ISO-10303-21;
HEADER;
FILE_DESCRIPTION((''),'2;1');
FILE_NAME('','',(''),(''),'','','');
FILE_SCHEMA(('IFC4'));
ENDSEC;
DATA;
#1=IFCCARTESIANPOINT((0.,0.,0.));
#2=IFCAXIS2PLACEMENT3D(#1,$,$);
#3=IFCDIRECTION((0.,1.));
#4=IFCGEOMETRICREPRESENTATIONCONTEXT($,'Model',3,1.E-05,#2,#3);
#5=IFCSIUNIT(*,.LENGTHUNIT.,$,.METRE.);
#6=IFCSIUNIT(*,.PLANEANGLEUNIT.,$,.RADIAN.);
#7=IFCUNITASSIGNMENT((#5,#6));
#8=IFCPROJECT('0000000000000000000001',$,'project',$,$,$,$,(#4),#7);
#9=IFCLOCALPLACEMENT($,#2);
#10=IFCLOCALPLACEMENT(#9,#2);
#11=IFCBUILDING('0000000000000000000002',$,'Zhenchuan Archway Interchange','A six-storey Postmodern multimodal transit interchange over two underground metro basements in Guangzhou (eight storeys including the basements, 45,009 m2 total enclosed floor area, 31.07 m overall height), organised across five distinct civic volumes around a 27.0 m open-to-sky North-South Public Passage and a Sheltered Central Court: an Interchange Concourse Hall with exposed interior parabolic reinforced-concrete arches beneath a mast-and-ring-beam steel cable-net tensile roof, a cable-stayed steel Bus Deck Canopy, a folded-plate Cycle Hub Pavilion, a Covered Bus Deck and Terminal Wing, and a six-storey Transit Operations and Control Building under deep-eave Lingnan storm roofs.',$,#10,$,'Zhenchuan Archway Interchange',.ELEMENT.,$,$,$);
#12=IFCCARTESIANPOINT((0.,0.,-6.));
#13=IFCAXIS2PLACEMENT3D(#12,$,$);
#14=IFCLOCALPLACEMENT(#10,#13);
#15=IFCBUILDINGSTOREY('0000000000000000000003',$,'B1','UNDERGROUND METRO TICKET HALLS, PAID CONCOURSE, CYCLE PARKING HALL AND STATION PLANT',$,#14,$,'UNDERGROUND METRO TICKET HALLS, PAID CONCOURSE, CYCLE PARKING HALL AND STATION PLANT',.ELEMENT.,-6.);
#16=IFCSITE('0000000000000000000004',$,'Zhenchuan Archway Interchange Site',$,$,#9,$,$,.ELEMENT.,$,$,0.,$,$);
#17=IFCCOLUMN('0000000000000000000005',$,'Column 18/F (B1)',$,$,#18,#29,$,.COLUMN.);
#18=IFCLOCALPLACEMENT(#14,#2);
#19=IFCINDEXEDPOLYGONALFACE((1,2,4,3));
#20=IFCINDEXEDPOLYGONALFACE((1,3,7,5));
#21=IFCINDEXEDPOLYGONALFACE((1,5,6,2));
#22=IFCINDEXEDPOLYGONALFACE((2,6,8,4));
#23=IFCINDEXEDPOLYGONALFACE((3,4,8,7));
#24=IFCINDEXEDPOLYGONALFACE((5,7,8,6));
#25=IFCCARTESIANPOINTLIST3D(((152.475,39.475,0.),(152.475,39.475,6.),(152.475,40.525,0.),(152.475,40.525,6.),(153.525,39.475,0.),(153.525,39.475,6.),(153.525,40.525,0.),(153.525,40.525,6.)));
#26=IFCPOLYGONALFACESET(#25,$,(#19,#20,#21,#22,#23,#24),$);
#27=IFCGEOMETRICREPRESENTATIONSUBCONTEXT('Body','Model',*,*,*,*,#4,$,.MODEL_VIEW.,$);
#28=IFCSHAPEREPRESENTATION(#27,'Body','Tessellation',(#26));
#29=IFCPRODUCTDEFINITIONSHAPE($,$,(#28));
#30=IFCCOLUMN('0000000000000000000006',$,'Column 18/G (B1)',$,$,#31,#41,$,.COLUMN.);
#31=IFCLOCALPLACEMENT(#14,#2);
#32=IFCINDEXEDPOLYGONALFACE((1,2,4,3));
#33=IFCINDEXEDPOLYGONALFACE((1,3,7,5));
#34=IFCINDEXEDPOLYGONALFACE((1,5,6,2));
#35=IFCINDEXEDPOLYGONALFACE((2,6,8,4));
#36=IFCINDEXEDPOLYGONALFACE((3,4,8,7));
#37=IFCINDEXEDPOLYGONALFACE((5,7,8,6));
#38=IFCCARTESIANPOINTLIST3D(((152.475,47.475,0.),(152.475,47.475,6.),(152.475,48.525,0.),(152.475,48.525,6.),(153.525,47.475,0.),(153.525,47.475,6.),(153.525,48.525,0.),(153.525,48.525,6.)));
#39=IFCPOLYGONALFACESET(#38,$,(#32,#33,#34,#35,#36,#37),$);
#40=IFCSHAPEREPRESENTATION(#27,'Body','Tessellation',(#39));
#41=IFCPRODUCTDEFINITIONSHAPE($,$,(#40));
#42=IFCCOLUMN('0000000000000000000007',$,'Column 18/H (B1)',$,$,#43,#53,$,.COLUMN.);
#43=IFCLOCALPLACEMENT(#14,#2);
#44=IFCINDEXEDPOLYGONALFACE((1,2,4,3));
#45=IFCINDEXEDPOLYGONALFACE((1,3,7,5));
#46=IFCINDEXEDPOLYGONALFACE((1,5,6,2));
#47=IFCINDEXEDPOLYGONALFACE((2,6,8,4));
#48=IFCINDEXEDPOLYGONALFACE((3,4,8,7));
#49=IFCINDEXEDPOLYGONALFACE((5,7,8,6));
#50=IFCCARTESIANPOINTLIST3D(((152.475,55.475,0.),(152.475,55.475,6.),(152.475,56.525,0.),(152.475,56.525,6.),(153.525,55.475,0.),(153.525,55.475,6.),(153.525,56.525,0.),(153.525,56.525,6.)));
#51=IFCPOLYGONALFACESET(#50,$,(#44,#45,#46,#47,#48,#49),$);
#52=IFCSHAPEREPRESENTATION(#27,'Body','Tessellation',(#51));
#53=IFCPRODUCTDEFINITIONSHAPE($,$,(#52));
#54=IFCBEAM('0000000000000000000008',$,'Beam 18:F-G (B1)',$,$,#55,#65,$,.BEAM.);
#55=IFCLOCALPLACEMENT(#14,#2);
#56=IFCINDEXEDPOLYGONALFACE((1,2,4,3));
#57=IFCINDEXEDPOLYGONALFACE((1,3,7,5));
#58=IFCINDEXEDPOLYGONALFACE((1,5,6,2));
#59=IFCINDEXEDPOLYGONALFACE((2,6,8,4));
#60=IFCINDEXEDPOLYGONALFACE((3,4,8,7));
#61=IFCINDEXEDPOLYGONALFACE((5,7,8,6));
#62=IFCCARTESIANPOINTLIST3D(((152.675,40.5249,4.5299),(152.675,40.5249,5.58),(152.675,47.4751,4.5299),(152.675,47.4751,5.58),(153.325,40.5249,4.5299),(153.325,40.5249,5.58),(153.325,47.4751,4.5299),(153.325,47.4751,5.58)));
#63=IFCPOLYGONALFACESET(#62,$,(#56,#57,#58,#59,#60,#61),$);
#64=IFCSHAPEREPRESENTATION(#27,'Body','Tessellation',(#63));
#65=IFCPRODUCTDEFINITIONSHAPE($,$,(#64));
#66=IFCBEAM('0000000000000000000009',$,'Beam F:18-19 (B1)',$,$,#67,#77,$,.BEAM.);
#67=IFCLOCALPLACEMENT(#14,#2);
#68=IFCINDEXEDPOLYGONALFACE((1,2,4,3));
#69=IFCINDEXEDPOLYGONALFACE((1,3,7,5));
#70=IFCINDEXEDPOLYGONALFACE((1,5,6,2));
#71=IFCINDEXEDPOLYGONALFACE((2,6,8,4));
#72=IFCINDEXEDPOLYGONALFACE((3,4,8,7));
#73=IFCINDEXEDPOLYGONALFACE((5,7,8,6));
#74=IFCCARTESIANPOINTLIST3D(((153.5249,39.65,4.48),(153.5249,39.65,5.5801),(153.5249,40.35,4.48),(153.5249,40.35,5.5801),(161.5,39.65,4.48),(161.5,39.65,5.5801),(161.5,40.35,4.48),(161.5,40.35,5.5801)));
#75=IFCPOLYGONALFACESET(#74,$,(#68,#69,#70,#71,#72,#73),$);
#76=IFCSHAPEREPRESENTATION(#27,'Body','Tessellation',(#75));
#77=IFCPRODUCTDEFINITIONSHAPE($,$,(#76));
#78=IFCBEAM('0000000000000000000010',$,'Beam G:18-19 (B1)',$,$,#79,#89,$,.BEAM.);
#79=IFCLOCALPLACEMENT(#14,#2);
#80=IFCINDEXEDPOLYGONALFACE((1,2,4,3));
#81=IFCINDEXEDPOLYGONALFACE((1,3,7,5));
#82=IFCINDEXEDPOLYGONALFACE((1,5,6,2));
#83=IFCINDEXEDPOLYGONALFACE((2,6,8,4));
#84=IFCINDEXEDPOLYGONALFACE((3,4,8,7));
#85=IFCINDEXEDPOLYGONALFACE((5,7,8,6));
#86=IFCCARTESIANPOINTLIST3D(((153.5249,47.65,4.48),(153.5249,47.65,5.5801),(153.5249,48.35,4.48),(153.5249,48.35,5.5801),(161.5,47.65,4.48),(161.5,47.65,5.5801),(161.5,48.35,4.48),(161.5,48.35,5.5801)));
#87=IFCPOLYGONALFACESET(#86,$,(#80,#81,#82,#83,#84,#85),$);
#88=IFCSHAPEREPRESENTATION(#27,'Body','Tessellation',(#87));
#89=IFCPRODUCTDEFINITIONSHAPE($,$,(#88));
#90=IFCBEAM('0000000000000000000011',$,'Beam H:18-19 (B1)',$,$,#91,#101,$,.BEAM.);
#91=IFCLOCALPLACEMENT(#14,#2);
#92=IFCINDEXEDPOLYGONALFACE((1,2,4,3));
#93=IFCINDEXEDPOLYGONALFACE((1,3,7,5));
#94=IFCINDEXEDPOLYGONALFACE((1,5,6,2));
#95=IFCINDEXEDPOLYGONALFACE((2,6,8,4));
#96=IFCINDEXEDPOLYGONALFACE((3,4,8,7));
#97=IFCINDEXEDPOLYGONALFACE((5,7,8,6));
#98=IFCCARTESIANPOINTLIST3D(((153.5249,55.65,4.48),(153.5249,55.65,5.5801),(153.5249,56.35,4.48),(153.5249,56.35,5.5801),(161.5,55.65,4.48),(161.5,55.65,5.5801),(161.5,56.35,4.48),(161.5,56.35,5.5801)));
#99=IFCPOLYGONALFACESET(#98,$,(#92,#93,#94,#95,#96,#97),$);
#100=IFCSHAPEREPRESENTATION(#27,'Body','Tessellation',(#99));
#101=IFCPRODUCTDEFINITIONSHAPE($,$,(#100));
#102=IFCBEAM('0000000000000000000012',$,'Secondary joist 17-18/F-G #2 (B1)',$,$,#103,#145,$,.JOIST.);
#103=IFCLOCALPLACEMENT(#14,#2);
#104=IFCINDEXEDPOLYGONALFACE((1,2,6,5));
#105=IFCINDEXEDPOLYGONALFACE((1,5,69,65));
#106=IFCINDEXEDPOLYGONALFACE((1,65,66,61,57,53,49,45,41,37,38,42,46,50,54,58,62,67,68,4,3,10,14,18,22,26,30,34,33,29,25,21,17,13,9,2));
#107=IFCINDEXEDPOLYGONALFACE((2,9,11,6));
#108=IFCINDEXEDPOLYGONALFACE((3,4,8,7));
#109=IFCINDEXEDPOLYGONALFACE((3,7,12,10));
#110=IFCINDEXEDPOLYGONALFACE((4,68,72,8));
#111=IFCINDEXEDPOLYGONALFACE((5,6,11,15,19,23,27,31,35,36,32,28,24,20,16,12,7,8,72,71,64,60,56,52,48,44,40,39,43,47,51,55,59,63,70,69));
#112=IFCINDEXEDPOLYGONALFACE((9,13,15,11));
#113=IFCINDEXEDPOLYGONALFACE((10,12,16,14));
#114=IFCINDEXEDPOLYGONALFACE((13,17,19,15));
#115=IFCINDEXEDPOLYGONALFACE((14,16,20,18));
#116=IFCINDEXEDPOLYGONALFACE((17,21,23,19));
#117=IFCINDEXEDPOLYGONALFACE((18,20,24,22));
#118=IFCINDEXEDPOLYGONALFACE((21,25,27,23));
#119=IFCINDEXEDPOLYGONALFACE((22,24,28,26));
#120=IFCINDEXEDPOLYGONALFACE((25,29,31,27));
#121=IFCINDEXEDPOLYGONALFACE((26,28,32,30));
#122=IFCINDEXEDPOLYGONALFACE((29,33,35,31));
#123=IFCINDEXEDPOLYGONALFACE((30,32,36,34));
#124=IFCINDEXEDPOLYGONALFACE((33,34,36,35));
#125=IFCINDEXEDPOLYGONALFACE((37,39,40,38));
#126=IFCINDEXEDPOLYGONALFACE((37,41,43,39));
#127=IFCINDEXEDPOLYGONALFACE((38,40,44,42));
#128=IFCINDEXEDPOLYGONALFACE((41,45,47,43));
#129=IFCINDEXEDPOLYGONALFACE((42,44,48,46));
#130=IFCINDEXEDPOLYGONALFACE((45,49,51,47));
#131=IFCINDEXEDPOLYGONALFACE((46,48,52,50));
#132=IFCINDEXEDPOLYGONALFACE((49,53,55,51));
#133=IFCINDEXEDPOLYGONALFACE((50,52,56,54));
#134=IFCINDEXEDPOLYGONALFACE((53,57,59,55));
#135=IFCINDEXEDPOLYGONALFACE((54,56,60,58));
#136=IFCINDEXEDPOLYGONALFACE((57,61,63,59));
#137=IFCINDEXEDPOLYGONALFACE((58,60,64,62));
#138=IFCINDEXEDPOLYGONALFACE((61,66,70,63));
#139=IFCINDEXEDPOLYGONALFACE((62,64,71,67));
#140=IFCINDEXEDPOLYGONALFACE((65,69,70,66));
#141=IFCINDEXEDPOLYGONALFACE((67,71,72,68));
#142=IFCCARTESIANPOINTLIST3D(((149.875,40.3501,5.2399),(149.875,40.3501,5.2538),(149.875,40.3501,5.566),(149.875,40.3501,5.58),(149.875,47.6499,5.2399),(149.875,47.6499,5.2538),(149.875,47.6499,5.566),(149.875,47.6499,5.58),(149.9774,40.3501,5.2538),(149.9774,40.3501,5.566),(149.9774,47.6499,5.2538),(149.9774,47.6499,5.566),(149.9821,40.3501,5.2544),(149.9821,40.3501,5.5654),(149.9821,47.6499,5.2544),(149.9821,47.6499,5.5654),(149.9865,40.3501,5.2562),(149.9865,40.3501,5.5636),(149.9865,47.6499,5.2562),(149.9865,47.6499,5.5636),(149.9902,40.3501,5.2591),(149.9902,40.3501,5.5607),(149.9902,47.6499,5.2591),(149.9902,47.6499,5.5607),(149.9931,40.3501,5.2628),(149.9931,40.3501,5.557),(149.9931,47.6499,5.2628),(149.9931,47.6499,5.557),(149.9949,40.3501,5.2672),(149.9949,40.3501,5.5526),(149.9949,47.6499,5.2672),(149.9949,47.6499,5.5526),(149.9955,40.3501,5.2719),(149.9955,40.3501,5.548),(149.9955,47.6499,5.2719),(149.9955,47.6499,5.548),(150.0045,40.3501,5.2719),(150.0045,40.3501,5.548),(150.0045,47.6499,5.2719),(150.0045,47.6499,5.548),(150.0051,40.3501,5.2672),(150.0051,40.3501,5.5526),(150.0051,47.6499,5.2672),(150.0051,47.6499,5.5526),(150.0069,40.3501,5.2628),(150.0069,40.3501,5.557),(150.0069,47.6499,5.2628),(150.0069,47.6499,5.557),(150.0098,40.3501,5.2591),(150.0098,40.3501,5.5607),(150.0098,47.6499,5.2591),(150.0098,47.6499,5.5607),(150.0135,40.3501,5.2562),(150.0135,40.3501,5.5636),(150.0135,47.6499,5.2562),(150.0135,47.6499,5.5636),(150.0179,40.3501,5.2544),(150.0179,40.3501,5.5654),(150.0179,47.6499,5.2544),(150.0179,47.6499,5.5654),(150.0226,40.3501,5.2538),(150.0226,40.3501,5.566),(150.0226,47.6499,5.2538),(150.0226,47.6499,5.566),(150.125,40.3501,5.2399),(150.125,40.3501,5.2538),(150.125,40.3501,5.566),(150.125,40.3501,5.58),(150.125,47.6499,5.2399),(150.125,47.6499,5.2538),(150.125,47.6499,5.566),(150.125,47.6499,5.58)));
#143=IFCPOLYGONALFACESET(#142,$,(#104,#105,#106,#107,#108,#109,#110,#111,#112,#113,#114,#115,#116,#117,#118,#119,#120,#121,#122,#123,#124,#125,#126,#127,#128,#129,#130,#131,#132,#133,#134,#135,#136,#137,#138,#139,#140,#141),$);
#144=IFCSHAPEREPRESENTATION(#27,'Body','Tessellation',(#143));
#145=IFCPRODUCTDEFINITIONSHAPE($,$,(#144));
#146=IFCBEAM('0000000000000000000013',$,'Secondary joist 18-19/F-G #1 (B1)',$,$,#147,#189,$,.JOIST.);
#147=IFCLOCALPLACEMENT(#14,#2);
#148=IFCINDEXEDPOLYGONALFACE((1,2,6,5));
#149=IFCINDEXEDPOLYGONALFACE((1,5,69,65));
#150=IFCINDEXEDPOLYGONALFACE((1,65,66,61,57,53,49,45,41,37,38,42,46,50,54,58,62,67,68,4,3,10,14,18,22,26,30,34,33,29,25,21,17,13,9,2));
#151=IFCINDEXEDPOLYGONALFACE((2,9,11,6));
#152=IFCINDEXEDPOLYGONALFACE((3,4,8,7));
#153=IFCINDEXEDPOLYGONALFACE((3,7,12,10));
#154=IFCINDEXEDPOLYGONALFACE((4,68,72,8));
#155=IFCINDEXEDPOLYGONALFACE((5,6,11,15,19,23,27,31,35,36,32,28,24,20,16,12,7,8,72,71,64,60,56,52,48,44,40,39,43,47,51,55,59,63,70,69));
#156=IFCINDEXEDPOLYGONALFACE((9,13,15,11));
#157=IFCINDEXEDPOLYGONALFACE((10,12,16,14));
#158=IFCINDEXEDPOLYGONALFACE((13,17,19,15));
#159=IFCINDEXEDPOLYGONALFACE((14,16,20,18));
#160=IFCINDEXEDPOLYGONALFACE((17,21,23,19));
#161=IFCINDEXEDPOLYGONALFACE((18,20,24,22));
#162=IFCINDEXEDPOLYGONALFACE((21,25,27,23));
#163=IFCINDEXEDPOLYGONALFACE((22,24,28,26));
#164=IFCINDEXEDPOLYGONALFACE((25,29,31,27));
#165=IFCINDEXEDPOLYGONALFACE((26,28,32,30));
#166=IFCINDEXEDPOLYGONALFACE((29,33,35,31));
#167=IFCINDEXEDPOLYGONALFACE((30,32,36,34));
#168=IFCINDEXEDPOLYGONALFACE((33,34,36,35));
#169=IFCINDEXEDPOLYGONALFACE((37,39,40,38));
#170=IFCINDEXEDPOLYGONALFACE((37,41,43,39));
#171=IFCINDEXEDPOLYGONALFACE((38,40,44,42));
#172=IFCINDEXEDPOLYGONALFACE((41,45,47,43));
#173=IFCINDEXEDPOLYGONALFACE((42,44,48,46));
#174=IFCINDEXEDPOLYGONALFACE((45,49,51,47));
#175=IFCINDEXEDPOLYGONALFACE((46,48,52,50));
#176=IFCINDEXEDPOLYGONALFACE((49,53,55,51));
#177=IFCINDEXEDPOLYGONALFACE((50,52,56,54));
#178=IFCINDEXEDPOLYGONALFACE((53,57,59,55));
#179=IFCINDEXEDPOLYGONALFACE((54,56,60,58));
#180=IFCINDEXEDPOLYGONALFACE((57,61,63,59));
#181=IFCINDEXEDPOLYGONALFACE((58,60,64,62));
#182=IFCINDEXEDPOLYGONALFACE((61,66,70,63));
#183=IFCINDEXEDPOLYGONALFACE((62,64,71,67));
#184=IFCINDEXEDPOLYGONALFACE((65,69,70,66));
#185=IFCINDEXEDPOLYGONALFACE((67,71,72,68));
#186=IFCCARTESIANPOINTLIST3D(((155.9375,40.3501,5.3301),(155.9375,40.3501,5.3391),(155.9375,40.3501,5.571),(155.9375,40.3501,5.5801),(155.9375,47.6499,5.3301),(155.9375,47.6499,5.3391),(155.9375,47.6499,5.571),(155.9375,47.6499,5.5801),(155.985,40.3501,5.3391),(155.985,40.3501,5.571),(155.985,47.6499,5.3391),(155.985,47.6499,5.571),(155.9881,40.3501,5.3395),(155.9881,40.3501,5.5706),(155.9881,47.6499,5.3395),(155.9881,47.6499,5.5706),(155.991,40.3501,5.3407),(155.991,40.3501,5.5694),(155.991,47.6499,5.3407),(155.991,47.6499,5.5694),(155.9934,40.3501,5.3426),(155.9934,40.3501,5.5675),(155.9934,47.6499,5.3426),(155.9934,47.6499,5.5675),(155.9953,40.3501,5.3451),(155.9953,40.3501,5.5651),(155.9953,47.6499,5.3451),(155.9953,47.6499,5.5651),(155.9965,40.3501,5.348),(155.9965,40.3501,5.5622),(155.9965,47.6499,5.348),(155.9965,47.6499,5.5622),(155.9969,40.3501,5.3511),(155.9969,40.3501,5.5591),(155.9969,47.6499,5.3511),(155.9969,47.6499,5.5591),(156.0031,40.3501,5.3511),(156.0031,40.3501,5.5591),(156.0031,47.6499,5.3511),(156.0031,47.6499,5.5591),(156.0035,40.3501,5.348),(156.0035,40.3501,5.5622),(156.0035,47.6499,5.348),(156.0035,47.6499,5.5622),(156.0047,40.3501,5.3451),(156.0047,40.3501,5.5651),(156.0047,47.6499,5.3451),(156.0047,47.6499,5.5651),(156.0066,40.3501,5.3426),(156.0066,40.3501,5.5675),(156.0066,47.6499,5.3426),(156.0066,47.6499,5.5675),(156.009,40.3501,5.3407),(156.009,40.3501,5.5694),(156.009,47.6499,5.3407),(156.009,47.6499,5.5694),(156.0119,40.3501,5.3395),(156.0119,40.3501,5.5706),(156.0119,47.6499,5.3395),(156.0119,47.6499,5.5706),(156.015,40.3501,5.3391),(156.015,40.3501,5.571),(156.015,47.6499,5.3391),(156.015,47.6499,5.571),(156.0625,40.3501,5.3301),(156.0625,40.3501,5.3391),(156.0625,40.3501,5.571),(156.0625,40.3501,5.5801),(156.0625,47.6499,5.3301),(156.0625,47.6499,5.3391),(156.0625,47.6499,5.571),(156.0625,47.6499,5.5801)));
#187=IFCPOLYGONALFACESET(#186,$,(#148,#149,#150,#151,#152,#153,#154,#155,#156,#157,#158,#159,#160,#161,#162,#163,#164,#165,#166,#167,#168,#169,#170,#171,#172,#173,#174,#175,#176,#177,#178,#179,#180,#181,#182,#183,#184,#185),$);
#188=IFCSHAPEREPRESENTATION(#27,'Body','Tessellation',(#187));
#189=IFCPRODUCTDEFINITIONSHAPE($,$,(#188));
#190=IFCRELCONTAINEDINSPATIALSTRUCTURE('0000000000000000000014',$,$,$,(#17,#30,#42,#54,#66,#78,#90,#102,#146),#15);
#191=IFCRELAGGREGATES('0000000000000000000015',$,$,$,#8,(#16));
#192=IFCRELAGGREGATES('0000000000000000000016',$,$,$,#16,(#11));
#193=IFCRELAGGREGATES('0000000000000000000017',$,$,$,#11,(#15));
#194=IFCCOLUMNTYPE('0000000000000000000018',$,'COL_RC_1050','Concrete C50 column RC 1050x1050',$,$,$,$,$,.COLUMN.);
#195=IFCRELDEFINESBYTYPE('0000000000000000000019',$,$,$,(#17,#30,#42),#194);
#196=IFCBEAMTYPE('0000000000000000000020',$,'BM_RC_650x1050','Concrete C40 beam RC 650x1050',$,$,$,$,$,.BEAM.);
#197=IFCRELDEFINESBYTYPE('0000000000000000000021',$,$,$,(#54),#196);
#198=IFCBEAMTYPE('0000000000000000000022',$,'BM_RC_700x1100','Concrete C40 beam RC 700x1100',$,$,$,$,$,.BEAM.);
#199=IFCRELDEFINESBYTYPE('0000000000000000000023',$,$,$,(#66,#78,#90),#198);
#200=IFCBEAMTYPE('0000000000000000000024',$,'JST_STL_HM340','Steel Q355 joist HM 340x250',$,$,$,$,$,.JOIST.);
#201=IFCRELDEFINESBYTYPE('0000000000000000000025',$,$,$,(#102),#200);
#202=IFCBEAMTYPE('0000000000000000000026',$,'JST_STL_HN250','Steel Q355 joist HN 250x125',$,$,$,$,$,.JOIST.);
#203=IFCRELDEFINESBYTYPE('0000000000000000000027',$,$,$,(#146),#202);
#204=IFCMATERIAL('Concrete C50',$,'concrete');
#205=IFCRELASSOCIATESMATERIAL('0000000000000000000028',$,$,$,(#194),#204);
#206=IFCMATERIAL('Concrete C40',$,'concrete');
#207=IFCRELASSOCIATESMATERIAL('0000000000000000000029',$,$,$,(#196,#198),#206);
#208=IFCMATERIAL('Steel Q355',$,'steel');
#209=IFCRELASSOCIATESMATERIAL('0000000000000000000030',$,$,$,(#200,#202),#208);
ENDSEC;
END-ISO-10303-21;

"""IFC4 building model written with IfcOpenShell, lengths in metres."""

from ifc_helpers import new_model, si_unit, direction, frame, origin, origin_2d, place, context, subcontext, project, spatial, rectangle, i_section, extrude, material, material_profile, profile_set, type_object, element, save


model = new_model("IFC4")

# Units and contexts
model_context = context("Model", 3, precision=1e-05, world=origin(), true_north=direction((0.0, 1.0)))
body_context = subcontext(model_context, "Body", "Model", "MODEL_VIEW")
ifc_project = project(units=[si_unit("LENGTHUNIT", "METRE"), si_unit("PLANEANGLEUNIT", "RADIAN")], contexts=[model_context])

# Site, building, storey
site_placement = place(None, origin())
site = spatial("IfcSite", under=ifc_project, at=site_placement, Name="Zhenchuan Archway Interchange Site", CompositionType="ELEMENT", RefElevation=0.0)
building_placement = place(site_placement, origin())
building = spatial("IfcBuilding", under=site, at=building_placement, Name="Zhenchuan Archway Interchange", Description="A six-storey Postmodern multimodal transit interchange over two underground metro basements in Guangzhou (eight storeys including the basements, 45,009 m2 total enclosed floor area, 31.07 m overall height), organised across five distinct civic volumes around a 27.0 m open-to-sky North-South Public Passage and a Sheltered Central Court: an Interchange Concourse Hall with exposed interior parabolic reinforced-concrete arches beneath a mast-and-ring-beam steel cable-net tensile roof, a cable-stayed steel Bus Deck Canopy, a folded-plate Cycle Hub Pavilion, a Covered Bus Deck and Terminal Wing, and a six-storey Transit Operations and Control Building under deep-eave Lingnan storm roofs.", LongName="Zhenchuan Archway Interchange", CompositionType="ELEMENT")
storey_placement = place(building_placement, frame((0.0, 0.0, -6.0)))
storey = spatial("IfcBuildingStorey", under=building, at=storey_placement, Name="B1", Description="UNDERGROUND METRO TICKET HALLS, PAID CONCOURSE, CYCLE PARKING HALL AND STATION PLANT", LongName="UNDERGROUND METRO TICKET HALLS, PAID CONCOURSE, CYCLE PARKING HALL AND STATION PLANT", CompositionType="ELEMENT", Elevation=-6.0)

# Columns
ifc_material_1 = material(Name="Concrete C50", Category="concrete")
ifc_material_profile_1 = material_profile(ifc_material_1, rectangle(XDim=1.05, YDim=1.05, at=origin_2d()), Name="RC 1050x1050")
ifc_profile_set_1 = profile_set([ifc_material_profile_1], Name="Concrete C50")
column_type = type_object("IfcColumnType", Name="COL_RC_1050", Description="Concrete C50 column RC 1050x1050", PredefinedType="COLUMN", material=ifc_profile_set_1)
for number, where, z_axis, x_axis, name in (
    (1, (153.0, 40.0, 0.0), (0.0, 0.0, 1.0), (1.0, 0.0, 0.0), "Column 18/F (B1)"),
    (2, (153.0, 48.0, 0.0), (0.0, 0.0, 1.0), (1.0, 0.0, 0.0), "Column 18/G (B1)"),
    (3, (153.0, 56.0, 0.0), (0.0, 0.0, 1.0), (1.0, 0.0, 0.0), "Column 18/H (B1)"),
):
    element("IfcColumn", number, at=place(storey_placement, frame(where, z_axis=z_axis, x_axis=x_axis)), inside=storey, type_object=column_type, Name=name, PredefinedType="COLUMN", context=body_context, shape_type="SweptSolid", body=[
        extrude(rectangle(XDim=1.05, YDim=1.05, at=origin_2d()), origin(), (0.0, 0.0, 1.0), 6.0),
    ])

# Beams
ifc_material_2 = material(Name="Concrete C40", Category="concrete")
ifc_material_profile_2 = material_profile(ifc_material_2, rectangle(XDim=0.6499, YDim=1.05, at=origin_2d()), Name="RC 650x1050")
ifc_profile_set_2 = profile_set([ifc_material_profile_2], Name="Concrete C40")
beam_type_1 = type_object("IfcBeamType", Name="BM_RC_650x1050", Description="Concrete C40 beam RC 650x1050", PredefinedType="BEAM", material=ifc_profile_set_2)
beam_1_placement = place(storey_placement, frame((153.0, 40.5249, 5.0549), z_axis=(0.0, 1.0, 0.0), x_axis=(-1.0, 0.0, 0.0)))
element("IfcBeam", 4, at=beam_1_placement, inside=storey, type_object=beam_type_1, Name="Beam 18:F-G (B1)", PredefinedType="BEAM", context=body_context, shape_type="SweptSolid", body=[
    extrude(rectangle(XDim=0.6499, YDim=1.05, at=origin_2d()), origin(), (0.0, 0.0, 1.0), 6.9502),
])
ifc_material_profile_3 = material_profile(ifc_material_2, rectangle(XDim=0.7, YDim=1.1001, at=origin_2d()), Name="RC 700x1100")
ifc_profile_set_3 = profile_set([ifc_material_profile_3], Name="Concrete C40")
beam_type_2 = type_object("IfcBeamType", Name="BM_RC_700x1100", Description="Concrete C40 beam RC 700x1100", PredefinedType="BEAM", material=ifc_profile_set_3)
for number, where, z_axis, x_axis, name in (
    (5, (153.5249, 40.0, 5.03), (1.0, 0.0, 0.0), (0.0, 1.0, 0.0), "Beam F:18-19 (B1)"),
    (6, (153.5249, 48.0, 5.03), (1.0, 0.0, 0.0), (0.0, 1.0, 0.0), "Beam G:18-19 (B1)"),
    (7, (153.5249, 56.0, 5.03), (1.0, 0.0, 0.0), (0.0, 1.0, 0.0), "Beam H:18-19 (B1)"),
):
    element("IfcBeam", number, at=place(storey_placement, frame(where, z_axis=z_axis, x_axis=x_axis)), inside=storey, type_object=beam_type_2, Name=name, PredefinedType="BEAM", context=body_context, shape_type="SweptSolid", body=[
        extrude(rectangle(XDim=0.7, YDim=1.1001, at=origin_2d()), origin(), (0.0, 0.0, 1.0), 7.9751),
    ])
ifc_material_3 = material(Name="Steel Q355", Category="steel")
ifc_material_profile_4 = material_profile(ifc_material_3, i_section(OverallWidth=0.25, OverallDepth=0.3401, WebThickness=0.009, FlangeThickness=0.0139, FilletRadius=0.0181, at=origin_2d()), Name="HM 340x250")
ifc_profile_set_4 = profile_set([ifc_material_profile_4], Name="Steel Q355")
beam_type_3 = type_object("IfcBeamType", Name="JST_STL_HM340", Description="Steel Q355 joist HM 340x250", PredefinedType="JOIST", material=ifc_profile_set_4)
beam_2_placement = place(storey_placement, frame((150.0, 40.3501, 5.4099), z_axis=(0.0, 1.0, 0.0), x_axis=(-1.0, 0.0, 0.0)))
element("IfcBeam", 8, at=beam_2_placement, inside=storey, type_object=beam_type_3, Name="Secondary joist 17-18/F-G #2 (B1)", PredefinedType="JOIST", context=body_context, shape_type="SweptSolid", body=[
    extrude(i_section(OverallWidth=0.25, OverallDepth=0.3401, WebThickness=0.009, FlangeThickness=0.0139, FilletRadius=0.0181, at=origin_2d()), origin(), (0.0, 0.0, 1.0), 7.2998),
])
ifc_material_profile_5 = material_profile(ifc_material_3, i_section(OverallWidth=0.125, OverallDepth=0.25, WebThickness=0.0061, FlangeThickness=0.009, FilletRadius=0.012, at=origin_2d()), Name="HN 250x125")
ifc_profile_set_5 = profile_set([ifc_material_profile_5], Name="Steel Q355")
beam_type_4 = type_object("IfcBeamType", Name="JST_STL_HN250", Description="Steel Q355 joist HN 250x125", PredefinedType="JOIST", material=ifc_profile_set_5)
for number, where, z_axis, x_axis, name in (
    (9, (156.0, 40.3501, 5.4551), (0.0, 1.0, 0.0), (-1.0, 0.0, 0.0), "Secondary joist 18-19/F-G #1 (B1)"),
):
    element("IfcBeam", number, at=place(storey_placement, frame(where, z_axis=z_axis, x_axis=x_axis)), inside=storey, type_object=beam_type_4, Name=name, PredefinedType="JOIST", context=body_context, shape_type="SweptSolid", body=[
        extrude(i_section(OverallWidth=0.125, OverallDepth=0.25, WebThickness=0.0061, FlangeThickness=0.009, FilletRadius=0.012, at=origin_2d()), origin(), (0.0, 0.0, 1.0), 7.2998),
    ])

save(model, "model.ifc")
